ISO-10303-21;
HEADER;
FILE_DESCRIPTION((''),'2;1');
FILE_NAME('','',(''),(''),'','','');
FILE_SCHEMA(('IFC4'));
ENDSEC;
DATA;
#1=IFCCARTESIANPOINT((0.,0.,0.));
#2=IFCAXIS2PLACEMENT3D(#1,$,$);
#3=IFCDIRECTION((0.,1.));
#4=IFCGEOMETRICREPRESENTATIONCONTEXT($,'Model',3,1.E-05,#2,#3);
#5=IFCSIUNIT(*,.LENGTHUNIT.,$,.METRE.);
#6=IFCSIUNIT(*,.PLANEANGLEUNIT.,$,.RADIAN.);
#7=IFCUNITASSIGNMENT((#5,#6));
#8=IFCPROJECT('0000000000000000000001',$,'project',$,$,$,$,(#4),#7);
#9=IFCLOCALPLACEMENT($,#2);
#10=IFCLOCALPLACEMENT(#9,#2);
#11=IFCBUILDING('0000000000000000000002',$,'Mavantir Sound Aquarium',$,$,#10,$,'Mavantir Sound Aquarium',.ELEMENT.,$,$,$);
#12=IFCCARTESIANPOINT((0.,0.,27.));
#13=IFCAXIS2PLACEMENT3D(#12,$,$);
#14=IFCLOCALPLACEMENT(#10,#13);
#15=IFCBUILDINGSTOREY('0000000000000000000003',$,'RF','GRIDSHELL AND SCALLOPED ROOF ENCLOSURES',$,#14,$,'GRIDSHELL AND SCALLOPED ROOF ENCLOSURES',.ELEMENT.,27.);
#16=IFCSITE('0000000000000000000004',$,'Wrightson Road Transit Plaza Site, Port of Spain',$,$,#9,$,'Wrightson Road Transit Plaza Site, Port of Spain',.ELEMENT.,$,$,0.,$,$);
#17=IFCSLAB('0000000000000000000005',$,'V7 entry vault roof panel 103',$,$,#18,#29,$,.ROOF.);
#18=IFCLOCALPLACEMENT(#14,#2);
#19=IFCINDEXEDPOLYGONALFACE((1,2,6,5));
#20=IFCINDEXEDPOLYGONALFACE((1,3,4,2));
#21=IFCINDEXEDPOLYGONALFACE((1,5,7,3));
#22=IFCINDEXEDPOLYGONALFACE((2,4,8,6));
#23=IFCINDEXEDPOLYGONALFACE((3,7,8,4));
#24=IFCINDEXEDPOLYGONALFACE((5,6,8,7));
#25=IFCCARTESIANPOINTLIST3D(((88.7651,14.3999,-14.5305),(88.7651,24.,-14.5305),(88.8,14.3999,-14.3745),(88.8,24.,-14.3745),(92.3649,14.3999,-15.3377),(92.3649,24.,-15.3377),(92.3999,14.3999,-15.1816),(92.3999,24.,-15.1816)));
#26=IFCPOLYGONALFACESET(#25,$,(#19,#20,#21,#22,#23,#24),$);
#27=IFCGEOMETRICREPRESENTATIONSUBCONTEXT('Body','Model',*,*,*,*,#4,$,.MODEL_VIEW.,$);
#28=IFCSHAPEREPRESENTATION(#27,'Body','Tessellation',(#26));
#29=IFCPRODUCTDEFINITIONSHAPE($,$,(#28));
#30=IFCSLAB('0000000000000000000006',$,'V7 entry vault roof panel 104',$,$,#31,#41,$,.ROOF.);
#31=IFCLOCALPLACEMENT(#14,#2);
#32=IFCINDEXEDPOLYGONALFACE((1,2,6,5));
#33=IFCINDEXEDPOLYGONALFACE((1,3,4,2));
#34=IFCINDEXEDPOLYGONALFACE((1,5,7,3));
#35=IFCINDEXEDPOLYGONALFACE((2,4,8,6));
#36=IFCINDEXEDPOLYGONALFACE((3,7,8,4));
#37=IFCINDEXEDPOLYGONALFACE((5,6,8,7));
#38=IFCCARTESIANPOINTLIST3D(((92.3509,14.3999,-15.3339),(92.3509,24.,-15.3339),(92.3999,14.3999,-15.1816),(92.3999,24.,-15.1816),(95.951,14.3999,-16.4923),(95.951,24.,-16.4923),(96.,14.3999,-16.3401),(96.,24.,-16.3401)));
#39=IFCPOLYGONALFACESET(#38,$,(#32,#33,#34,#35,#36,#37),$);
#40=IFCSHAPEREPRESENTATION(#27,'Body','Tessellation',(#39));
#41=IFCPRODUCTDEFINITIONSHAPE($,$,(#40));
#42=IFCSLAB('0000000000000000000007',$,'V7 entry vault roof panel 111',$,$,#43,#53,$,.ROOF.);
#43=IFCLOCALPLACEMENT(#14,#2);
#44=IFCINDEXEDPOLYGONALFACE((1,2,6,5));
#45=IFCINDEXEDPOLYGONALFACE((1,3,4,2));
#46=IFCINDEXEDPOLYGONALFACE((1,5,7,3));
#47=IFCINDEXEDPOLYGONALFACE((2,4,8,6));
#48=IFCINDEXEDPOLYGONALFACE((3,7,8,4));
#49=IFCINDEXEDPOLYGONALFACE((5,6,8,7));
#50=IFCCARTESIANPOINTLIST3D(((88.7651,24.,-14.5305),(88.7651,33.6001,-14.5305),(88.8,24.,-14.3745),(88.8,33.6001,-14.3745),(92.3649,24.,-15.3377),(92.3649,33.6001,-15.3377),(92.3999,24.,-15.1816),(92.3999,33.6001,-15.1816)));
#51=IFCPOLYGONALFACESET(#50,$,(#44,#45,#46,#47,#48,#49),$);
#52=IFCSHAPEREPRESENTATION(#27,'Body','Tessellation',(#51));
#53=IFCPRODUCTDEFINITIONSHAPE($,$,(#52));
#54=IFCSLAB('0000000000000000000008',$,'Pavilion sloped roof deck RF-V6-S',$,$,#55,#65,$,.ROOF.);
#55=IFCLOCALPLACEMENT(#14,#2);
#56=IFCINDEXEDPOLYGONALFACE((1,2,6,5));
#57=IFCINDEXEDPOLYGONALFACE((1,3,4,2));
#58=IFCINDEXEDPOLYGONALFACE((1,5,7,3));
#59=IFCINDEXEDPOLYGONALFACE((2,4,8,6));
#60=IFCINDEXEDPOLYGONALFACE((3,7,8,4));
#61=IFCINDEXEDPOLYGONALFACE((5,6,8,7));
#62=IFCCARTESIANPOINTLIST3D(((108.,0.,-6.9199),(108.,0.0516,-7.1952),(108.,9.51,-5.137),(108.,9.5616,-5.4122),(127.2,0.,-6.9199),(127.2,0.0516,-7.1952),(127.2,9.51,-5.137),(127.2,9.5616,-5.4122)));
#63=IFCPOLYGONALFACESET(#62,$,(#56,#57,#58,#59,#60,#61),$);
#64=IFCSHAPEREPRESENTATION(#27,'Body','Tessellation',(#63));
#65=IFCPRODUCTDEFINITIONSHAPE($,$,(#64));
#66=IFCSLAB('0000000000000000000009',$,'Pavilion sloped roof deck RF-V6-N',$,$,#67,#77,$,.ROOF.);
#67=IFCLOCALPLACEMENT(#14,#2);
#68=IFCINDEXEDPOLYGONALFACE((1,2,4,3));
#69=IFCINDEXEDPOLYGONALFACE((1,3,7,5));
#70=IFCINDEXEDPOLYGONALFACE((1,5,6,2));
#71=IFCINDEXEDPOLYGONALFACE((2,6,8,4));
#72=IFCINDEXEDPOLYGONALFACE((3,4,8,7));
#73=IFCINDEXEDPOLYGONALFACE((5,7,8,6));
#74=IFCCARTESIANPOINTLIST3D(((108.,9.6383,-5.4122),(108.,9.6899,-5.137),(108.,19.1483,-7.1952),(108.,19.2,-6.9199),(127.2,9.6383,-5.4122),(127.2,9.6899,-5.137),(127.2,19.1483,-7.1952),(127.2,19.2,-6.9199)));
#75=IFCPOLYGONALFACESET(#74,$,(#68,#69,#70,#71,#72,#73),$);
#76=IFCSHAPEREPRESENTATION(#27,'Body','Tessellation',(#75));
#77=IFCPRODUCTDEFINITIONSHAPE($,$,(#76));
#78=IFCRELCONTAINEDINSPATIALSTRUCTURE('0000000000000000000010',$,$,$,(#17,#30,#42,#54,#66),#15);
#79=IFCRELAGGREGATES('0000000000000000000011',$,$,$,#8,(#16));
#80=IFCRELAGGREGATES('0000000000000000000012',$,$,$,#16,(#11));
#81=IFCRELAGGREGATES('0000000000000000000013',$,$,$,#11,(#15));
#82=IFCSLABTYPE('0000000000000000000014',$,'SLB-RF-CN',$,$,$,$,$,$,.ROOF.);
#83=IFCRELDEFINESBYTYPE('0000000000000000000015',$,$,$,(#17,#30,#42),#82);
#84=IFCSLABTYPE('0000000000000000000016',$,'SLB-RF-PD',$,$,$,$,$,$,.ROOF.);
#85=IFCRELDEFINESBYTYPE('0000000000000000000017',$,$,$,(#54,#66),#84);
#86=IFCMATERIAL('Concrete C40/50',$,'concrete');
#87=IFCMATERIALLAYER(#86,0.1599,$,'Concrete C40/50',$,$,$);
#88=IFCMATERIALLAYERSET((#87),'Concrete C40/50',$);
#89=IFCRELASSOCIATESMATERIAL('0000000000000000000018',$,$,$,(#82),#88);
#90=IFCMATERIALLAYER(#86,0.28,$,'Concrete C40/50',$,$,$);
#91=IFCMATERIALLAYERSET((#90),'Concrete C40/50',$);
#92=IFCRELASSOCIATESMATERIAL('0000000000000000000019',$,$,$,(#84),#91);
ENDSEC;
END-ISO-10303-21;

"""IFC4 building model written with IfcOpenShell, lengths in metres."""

from ifc_helpers import new_model, si_unit, direction, frame, origin, place, context, subcontext, project, spatial, polyline, outline, extrude, material, layer, layer_set, type_object, element, save


model = new_model("IFC4")

# Units and contexts
model_context = context("Model", 3, precision=1e-05, world=origin(), true_north=direction((0.0, 1.0)))
body_context = subcontext(model_context, "Body", "Model", "MODEL_VIEW")
ifc_project = project(units=[si_unit("LENGTHUNIT", "METRE"), si_unit("PLANEANGLEUNIT", "RADIAN")], contexts=[model_context])

# Site, building, storey
site_placement = place(None, origin())
site = spatial("IfcSite", under=ifc_project, at=site_placement, Name="Wrightson Road Transit Plaza Site, Port of Spain", LongName="Wrightson Road Transit Plaza Site, Port of Spain", CompositionType="ELEMENT", RefElevation=0.0)
building_placement = place(site_placement, origin())
building = spatial("IfcBuilding", under=site, at=building_placement, Name="Mavantir Sound Aquarium", LongName="Mavantir Sound Aquarium", CompositionType="ELEMENT")
storey_placement = place(building_placement, frame((0.0, 0.0, 27.0)))
storey = spatial("IfcBuildingStorey", under=building, at=storey_placement, Name="RF", Description="GRIDSHELL AND SCALLOPED ROOF ENCLOSURES", LongName="GRIDSHELL AND SCALLOPED ROOF ENCLOSURES", CompositionType="ELEMENT", Elevation=27.0)

# Shared definitions
ifc_material_1 = material(Name="Concrete C40/50", Category="concrete")

# Slabs
ifc_layer_1 = layer(ifc_material_1, 0.1599, Name="Concrete C40/50")
ifc_layer_set_1 = layer_set([ifc_layer_1], Name="Concrete C40/50")
slab_type_1 = type_object("IfcSlabType", Name="SLB-RF-CN", PredefinedType="ROOF", material=ifc_layer_set_1)
slab_1_placement = place(storey_placement, frame((88.8, 14.3999, -14.3745), z_axis=(0.21878, 0.0, 0.975774), x_axis=(0.975774, 0.0, -0.21878)))
element("IfcSlab", 1, at=slab_1_placement, inside=storey, type_object=slab_type_1, Name="V7 entry vault roof panel 103", PredefinedType="ROOF", context=body_context, shape_type="SweptSolid", body=[
    extrude(outline(polyline([(0.0, 0.0), (3.6892, 0.0), (3.6892, 9.6001), (0.0, 9.6001), (0.0, 0.0)])), origin(), (0.0, 0.0, -1.0), 0.1599),
])
slab_2_placement = place(storey_placement, frame((92.3999, 14.3999, -15.1816), z_axis=(0.306314, 0.0, 0.95193), x_axis=(0.95193, 0.0, -0.306314)))
element("IfcSlab", 2, at=slab_2_placement, inside=storey, type_object=slab_type_1, Name="V7 entry vault roof panel 104", PredefinedType="ROOF", context=body_context, shape_type="SweptSolid", body=[
    extrude(outline(polyline([(0.0, 0.0), (3.7819, 0.0), (3.7819, 9.6001), (0.0, 9.6001), (0.0, 0.0)])), origin(), (0.0, 0.0, -1.0), 0.1599),
])
slab_3_placement = place(storey_placement, frame((88.8, 24.0, -14.3745), z_axis=(0.21878, 0.0, 0.975774), x_axis=(0.975774, 0.0, -0.21878)))
element("IfcSlab", 3, at=slab_3_placement, inside=storey, type_object=slab_type_1, Name="V7 entry vault roof panel 111", PredefinedType="ROOF", context=body_context, shape_type="SweptSolid", body=[
    extrude(outline(polyline([(0.0, 0.0), (3.6892, 0.0), (3.6892, 9.6001), (0.0, 9.6001), (0.0, 0.0)])), origin(), (0.0, 0.0, -1.0), 0.1599),
])
ifc_layer_2 = layer(ifc_material_1, 0.28, Name="Concrete C40/50")
ifc_layer_set_2 = layer_set([ifc_layer_2], Name="Concrete C40/50")
slab_type_2 = type_object("IfcSlabType", Name="SLB-RF-PD", PredefinedType="ROOF", material=ifc_layer_set_2)
for number, where, z_axis, x_axis, name in (
    (4, (108.0, 0.0, -6.9199), (0.0, -0.184272, 0.982875), (1.0, 0.0, 0.0), "Pavilion sloped roof deck RF-V6-S"),
    (5, (108.0, 9.6899, -5.137), (0.0, 0.184272, 0.982875), (1.0, 0.0, 0.0), "Pavilion sloped roof deck RF-V6-N"),
):
    element("IfcSlab", number, at=place(storey_placement, frame(where, z_axis=z_axis, x_axis=x_axis)), inside=storey, type_object=slab_type_2, Name=name, PredefinedType="ROOF", context=body_context, shape_type="SweptSolid", body=[
        extrude(outline(polyline([(0.0, 0.0), (19.2, 0.0), (19.2, 9.6757), (0.0, 9.6757), (0.0, 0.0)])), origin(), (0.0, 0.0, -1.0), 0.28),
    ])

save(model, "model.ifc")
